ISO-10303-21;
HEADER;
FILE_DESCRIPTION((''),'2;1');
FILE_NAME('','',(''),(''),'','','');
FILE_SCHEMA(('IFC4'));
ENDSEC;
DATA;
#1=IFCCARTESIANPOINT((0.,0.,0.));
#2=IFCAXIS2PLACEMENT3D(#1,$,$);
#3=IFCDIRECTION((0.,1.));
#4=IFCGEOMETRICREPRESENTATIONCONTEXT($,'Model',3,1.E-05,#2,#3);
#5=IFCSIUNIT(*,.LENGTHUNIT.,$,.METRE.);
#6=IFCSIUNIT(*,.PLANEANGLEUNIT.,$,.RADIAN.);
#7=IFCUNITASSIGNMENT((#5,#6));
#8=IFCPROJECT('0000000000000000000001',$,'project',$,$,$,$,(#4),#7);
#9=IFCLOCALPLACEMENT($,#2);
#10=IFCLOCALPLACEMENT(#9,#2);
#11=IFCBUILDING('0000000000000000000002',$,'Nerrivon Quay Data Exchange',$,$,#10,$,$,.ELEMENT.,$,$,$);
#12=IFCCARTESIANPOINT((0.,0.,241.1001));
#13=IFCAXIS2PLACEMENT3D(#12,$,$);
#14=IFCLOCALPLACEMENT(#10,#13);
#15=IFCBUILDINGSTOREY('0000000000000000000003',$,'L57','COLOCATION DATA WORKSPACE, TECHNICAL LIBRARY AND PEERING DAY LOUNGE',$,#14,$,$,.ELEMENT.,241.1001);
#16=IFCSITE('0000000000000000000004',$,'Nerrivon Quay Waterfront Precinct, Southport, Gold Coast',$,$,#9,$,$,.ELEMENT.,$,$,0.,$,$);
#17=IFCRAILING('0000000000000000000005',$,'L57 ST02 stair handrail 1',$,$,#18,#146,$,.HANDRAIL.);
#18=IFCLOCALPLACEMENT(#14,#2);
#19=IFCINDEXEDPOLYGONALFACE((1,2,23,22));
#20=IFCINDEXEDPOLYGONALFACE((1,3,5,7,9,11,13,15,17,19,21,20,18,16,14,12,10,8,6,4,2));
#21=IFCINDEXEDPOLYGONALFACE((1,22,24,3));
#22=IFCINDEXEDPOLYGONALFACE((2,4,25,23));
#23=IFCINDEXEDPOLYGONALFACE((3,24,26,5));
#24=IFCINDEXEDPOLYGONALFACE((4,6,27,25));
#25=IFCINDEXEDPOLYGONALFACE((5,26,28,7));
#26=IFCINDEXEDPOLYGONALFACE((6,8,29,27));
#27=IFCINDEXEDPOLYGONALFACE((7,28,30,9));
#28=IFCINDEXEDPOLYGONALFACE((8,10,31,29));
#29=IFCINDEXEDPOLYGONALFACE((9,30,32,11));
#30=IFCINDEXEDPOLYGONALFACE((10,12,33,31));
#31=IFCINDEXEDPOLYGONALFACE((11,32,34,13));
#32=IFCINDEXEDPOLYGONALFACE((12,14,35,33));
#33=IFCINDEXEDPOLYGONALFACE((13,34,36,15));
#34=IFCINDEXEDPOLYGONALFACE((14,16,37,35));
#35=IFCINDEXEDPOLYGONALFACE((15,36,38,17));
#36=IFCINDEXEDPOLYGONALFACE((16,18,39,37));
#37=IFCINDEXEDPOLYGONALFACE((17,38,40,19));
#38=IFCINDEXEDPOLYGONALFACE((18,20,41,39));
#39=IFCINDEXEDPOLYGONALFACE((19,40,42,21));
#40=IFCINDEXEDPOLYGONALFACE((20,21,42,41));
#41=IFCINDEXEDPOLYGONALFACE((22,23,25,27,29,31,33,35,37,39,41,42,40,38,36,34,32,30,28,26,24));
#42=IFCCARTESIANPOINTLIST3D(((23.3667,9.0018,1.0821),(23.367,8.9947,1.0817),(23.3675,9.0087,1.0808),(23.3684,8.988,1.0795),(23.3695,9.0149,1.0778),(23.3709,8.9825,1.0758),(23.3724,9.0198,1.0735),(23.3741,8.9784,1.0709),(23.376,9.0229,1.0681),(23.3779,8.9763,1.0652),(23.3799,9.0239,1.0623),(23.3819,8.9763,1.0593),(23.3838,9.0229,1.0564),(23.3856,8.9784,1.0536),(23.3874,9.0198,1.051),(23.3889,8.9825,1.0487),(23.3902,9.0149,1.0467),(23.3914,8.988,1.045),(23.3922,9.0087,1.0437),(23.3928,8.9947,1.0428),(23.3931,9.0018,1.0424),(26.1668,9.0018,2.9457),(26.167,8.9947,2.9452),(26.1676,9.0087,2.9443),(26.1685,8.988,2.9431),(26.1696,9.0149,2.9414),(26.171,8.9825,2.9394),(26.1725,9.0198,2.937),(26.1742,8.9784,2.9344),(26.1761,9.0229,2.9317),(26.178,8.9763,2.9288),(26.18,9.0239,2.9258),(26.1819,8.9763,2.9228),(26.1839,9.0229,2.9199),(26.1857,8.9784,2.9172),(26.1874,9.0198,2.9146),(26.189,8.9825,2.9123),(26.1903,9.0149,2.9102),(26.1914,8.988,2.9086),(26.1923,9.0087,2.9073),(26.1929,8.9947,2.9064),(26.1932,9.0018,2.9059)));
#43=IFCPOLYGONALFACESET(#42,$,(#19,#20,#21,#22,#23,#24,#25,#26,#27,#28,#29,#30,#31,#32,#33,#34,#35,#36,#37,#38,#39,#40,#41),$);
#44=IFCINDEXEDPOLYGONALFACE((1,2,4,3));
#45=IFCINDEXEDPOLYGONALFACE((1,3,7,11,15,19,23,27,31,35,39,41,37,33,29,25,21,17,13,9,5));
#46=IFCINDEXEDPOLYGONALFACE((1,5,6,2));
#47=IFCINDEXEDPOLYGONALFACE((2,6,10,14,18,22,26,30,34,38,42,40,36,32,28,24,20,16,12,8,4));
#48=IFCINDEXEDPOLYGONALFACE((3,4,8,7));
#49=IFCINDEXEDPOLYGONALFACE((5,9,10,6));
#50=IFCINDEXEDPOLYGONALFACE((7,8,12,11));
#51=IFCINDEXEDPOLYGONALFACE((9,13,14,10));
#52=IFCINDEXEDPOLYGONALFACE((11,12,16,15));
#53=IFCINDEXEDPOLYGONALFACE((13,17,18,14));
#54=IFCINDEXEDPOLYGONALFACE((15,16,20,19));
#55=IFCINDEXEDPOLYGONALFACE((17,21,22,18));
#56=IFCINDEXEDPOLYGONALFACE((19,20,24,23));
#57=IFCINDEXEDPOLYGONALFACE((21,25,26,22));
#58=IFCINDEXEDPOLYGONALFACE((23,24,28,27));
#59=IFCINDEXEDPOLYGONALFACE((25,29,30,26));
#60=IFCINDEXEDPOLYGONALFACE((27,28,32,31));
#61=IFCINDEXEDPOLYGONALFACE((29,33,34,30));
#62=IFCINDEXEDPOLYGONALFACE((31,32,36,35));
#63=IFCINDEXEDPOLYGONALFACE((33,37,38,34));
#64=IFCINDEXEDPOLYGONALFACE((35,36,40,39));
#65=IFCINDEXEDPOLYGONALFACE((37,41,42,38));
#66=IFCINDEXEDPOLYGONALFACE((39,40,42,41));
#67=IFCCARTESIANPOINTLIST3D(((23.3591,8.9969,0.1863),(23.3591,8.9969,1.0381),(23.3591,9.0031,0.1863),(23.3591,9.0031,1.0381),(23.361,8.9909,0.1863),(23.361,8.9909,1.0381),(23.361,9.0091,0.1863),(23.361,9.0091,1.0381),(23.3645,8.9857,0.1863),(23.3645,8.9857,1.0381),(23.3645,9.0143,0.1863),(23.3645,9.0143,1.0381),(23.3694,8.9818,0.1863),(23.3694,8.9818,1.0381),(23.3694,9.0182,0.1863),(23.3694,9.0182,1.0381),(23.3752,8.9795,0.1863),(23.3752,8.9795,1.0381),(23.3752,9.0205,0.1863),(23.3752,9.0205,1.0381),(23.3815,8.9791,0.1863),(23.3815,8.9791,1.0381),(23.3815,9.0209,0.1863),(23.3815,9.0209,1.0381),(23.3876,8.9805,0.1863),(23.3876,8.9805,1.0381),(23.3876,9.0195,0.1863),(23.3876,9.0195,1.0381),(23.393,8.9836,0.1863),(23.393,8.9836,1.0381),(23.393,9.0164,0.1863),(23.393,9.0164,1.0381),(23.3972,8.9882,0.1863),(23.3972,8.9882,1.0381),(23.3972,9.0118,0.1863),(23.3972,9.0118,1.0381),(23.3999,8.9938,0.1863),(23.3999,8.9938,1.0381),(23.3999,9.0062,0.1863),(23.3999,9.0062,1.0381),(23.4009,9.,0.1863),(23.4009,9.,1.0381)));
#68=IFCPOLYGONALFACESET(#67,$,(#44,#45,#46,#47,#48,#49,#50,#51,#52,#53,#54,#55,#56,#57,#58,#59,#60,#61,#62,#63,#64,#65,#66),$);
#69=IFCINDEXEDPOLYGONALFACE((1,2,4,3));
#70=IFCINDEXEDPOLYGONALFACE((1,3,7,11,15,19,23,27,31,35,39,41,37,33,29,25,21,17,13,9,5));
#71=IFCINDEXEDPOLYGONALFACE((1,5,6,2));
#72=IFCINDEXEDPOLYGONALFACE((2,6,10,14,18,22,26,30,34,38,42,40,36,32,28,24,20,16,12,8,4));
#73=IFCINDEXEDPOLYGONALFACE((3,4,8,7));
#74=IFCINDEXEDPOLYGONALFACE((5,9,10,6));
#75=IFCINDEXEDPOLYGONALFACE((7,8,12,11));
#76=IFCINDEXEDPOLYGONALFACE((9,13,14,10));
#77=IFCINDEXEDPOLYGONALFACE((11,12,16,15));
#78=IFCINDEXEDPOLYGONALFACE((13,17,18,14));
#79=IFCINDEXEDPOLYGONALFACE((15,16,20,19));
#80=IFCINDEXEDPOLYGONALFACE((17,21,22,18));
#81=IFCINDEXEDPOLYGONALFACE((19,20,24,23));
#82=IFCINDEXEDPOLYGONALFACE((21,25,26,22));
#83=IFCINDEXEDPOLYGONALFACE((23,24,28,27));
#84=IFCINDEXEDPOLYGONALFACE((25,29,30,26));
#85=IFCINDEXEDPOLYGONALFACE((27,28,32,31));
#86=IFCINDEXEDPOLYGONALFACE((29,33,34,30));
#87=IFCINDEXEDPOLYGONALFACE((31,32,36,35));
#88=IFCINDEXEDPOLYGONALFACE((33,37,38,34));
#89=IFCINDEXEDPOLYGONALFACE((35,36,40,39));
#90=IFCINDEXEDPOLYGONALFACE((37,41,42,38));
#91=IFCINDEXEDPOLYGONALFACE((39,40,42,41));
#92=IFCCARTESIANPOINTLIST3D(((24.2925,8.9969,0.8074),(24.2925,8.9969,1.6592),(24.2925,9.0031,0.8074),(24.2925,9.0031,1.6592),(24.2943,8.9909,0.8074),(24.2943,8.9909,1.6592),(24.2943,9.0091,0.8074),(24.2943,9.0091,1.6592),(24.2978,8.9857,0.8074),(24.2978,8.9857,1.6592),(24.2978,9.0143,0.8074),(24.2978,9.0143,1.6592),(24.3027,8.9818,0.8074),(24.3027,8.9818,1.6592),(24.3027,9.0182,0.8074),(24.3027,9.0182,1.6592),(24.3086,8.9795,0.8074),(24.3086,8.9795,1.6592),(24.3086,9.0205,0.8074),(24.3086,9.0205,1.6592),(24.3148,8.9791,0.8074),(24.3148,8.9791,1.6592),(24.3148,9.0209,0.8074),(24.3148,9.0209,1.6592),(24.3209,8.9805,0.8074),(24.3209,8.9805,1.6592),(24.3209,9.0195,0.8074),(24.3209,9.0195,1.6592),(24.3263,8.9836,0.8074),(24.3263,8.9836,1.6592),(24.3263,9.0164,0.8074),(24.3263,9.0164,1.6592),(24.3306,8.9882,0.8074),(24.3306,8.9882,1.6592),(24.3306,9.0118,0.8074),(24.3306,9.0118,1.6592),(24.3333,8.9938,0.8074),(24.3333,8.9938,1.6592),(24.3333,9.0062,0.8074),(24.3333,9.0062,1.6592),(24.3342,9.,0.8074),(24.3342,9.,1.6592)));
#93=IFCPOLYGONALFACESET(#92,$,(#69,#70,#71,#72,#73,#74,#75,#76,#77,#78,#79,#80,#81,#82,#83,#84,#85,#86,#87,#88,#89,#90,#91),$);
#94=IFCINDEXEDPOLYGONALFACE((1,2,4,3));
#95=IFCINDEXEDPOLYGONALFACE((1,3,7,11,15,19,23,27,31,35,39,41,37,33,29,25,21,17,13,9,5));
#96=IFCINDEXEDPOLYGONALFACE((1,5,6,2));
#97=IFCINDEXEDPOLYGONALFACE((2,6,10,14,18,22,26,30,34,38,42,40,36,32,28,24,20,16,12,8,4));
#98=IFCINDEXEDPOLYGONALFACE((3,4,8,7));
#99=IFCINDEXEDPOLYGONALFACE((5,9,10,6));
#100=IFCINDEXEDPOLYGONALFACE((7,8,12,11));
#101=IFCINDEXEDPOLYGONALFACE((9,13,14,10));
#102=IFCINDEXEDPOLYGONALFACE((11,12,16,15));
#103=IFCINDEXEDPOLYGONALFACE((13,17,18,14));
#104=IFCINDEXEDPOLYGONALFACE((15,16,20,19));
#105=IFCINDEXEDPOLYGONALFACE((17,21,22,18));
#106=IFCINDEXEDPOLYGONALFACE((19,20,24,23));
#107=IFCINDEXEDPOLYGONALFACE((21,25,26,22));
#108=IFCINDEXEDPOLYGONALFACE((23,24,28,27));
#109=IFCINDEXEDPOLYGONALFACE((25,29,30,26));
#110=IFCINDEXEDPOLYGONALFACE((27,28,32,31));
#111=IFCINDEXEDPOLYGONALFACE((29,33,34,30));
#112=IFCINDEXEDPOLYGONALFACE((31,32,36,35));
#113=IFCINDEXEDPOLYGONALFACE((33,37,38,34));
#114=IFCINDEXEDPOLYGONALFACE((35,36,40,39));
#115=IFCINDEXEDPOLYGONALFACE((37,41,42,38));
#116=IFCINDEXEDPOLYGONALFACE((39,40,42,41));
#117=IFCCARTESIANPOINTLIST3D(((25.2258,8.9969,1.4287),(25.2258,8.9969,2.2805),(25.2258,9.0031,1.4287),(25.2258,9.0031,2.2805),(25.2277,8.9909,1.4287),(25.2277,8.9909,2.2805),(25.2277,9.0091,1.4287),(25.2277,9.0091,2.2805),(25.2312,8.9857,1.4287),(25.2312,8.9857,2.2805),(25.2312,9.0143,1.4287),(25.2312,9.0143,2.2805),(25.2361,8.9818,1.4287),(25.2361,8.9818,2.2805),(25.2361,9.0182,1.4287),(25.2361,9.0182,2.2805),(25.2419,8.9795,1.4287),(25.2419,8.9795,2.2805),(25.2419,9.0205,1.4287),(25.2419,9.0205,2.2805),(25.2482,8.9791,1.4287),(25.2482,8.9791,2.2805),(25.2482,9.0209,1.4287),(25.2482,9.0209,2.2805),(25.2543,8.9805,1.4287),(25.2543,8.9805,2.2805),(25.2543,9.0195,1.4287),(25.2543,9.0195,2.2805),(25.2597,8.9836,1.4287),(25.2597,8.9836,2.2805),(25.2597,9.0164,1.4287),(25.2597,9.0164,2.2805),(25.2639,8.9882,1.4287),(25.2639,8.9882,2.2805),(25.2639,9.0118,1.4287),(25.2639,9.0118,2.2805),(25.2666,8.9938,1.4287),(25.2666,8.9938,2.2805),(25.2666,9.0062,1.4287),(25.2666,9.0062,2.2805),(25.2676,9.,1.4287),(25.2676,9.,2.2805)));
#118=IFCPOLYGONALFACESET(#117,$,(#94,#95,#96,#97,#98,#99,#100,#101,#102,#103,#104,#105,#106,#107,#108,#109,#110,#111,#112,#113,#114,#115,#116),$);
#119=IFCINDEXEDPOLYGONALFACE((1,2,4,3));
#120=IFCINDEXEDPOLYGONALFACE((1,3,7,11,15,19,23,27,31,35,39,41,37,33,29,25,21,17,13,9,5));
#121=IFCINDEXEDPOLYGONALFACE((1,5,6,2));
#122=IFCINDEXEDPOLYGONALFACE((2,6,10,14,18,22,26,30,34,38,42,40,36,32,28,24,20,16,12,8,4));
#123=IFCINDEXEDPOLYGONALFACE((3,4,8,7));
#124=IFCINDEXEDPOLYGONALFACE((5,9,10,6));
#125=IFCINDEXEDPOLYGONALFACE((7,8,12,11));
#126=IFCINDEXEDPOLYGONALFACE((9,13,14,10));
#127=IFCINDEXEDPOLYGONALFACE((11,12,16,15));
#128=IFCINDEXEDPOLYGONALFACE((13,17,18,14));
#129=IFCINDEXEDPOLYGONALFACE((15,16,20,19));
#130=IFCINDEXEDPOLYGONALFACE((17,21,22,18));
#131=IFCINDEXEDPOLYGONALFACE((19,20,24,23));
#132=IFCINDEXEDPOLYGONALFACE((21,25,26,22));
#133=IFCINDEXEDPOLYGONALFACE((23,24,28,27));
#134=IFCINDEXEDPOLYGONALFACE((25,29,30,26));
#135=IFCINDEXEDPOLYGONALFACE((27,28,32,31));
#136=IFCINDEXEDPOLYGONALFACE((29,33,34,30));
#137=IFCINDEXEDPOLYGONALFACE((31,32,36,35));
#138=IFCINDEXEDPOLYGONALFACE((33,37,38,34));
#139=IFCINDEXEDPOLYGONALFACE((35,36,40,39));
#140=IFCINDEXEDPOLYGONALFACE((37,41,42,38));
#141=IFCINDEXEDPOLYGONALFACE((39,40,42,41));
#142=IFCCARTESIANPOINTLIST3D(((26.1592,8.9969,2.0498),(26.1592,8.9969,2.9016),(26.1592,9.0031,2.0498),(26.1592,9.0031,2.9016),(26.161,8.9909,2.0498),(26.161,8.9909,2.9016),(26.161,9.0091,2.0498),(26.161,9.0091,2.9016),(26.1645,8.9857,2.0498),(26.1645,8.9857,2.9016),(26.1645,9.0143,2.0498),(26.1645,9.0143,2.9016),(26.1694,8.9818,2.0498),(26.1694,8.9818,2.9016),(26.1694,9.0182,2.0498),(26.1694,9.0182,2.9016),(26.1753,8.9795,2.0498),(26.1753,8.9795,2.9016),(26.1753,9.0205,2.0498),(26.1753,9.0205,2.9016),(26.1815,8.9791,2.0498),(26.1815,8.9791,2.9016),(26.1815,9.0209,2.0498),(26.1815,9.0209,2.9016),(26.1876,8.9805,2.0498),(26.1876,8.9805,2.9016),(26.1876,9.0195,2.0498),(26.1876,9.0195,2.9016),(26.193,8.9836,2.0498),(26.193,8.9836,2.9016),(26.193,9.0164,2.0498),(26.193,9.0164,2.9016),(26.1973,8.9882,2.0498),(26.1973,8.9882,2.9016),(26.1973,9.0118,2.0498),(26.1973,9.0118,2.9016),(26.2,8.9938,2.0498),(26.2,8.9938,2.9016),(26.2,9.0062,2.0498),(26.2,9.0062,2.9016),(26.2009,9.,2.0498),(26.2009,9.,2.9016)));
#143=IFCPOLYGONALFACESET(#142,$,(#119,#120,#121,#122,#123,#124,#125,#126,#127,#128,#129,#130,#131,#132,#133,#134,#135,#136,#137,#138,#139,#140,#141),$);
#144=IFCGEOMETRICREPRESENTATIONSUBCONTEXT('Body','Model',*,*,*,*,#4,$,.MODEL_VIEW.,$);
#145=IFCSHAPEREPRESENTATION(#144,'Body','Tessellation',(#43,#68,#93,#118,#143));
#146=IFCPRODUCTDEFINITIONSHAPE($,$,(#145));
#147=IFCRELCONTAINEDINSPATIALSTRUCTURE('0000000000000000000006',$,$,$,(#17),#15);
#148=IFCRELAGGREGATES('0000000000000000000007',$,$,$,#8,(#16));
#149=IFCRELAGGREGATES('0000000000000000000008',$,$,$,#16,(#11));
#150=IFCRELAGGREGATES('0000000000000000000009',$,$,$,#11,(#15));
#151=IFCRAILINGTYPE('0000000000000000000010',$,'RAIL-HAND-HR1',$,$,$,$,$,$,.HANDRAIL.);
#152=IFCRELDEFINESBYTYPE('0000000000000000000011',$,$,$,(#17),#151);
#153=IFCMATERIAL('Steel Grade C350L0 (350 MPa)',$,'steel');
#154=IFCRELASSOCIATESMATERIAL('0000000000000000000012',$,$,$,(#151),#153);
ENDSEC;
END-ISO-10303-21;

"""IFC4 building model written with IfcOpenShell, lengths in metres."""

from ifc_helpers import new_model, si_unit, direction, frame, origin, origin_2d, place, context, subcontext, project, spatial, circle, extrude, material, type_object, element, save


model = new_model("IFC4")

# Units and contexts
model_context = context("Model", 3, precision=1e-05, world=origin(), true_north=direction((0.0, 1.0)))
body_context = subcontext(model_context, "Body", "Model", "MODEL_VIEW")
ifc_project = project(units=[si_unit("LENGTHUNIT", "METRE"), si_unit("PLANEANGLEUNIT", "RADIAN")], contexts=[model_context])

# Site, building, storey
site_placement = place(None, origin())
site = spatial("IfcSite", under=ifc_project, at=site_placement, Name="Nerrivon Quay Waterfront Precinct, Southport, Gold Coast", CompositionType="ELEMENT", RefElevation=0.0)
building_placement = place(site_placement, origin())
building = spatial("IfcBuilding", under=site, at=building_placement, Name="Nerrivon Quay Data Exchange", CompositionType="ELEMENT")
storey_placement = place(building_placement, frame((0.0, 0.0, 241.1001)))
storey = spatial("IfcBuildingStorey", under=building, at=storey_placement, Name="L57", Description="COLOCATION DATA WORKSPACE, TECHNICAL LIBRARY AND PEERING DAY LOUNGE", CompositionType="ELEMENT", Elevation=241.1001)

# Railing
ifc_material_1 = material(Name="Steel Grade C350L0 (350 MPa)", Category="steel")
railing_type_1 = type_object("IfcRailingType", Name="RAIL-HAND-HR1", PredefinedType="HANDRAIL", material=ifc_material_1)
railing_1_placement = place(storey_placement, frame((23.3799, 9.0, 0.1863)))
element("IfcRailing", 1, at=railing_1_placement, inside=storey, type_object=railing_type_1, Name="L57 ST02 stair handrail 1", PredefinedType="HANDRAIL", context=body_context, shape_type="SweptSolid", body=[
    extrude(circle(Radius=0.0239, at=origin_2d()), frame((0.0, 0.0, 0.876), z_axis=(0.832486, 0.0, 0.554047), x_axis=(0.0, 1.0, 0.0)), (0.0, 0.0, 1.0), 3.3635),
    extrude(circle(Radius=0.021, at=origin_2d()), origin(), (0.0, 0.0, 1.0), 0.8518),
    extrude(circle(Radius=0.021, at=origin_2d()), frame((0.9333, 0.0, 0.6211)), (0.0, 0.0, 1.0), 0.8518),
    extrude(circle(Radius=0.021, at=origin_2d()), frame((1.8667, 0.0, 1.2424)), (0.0, 0.0, 1.0), 0.8518),
    extrude(circle(Radius=0.021, at=origin_2d()), frame((2.8, 0.0, 1.8635)), (0.0, 0.0, 1.0), 0.8518),
])

save(model, "model.ifc")
